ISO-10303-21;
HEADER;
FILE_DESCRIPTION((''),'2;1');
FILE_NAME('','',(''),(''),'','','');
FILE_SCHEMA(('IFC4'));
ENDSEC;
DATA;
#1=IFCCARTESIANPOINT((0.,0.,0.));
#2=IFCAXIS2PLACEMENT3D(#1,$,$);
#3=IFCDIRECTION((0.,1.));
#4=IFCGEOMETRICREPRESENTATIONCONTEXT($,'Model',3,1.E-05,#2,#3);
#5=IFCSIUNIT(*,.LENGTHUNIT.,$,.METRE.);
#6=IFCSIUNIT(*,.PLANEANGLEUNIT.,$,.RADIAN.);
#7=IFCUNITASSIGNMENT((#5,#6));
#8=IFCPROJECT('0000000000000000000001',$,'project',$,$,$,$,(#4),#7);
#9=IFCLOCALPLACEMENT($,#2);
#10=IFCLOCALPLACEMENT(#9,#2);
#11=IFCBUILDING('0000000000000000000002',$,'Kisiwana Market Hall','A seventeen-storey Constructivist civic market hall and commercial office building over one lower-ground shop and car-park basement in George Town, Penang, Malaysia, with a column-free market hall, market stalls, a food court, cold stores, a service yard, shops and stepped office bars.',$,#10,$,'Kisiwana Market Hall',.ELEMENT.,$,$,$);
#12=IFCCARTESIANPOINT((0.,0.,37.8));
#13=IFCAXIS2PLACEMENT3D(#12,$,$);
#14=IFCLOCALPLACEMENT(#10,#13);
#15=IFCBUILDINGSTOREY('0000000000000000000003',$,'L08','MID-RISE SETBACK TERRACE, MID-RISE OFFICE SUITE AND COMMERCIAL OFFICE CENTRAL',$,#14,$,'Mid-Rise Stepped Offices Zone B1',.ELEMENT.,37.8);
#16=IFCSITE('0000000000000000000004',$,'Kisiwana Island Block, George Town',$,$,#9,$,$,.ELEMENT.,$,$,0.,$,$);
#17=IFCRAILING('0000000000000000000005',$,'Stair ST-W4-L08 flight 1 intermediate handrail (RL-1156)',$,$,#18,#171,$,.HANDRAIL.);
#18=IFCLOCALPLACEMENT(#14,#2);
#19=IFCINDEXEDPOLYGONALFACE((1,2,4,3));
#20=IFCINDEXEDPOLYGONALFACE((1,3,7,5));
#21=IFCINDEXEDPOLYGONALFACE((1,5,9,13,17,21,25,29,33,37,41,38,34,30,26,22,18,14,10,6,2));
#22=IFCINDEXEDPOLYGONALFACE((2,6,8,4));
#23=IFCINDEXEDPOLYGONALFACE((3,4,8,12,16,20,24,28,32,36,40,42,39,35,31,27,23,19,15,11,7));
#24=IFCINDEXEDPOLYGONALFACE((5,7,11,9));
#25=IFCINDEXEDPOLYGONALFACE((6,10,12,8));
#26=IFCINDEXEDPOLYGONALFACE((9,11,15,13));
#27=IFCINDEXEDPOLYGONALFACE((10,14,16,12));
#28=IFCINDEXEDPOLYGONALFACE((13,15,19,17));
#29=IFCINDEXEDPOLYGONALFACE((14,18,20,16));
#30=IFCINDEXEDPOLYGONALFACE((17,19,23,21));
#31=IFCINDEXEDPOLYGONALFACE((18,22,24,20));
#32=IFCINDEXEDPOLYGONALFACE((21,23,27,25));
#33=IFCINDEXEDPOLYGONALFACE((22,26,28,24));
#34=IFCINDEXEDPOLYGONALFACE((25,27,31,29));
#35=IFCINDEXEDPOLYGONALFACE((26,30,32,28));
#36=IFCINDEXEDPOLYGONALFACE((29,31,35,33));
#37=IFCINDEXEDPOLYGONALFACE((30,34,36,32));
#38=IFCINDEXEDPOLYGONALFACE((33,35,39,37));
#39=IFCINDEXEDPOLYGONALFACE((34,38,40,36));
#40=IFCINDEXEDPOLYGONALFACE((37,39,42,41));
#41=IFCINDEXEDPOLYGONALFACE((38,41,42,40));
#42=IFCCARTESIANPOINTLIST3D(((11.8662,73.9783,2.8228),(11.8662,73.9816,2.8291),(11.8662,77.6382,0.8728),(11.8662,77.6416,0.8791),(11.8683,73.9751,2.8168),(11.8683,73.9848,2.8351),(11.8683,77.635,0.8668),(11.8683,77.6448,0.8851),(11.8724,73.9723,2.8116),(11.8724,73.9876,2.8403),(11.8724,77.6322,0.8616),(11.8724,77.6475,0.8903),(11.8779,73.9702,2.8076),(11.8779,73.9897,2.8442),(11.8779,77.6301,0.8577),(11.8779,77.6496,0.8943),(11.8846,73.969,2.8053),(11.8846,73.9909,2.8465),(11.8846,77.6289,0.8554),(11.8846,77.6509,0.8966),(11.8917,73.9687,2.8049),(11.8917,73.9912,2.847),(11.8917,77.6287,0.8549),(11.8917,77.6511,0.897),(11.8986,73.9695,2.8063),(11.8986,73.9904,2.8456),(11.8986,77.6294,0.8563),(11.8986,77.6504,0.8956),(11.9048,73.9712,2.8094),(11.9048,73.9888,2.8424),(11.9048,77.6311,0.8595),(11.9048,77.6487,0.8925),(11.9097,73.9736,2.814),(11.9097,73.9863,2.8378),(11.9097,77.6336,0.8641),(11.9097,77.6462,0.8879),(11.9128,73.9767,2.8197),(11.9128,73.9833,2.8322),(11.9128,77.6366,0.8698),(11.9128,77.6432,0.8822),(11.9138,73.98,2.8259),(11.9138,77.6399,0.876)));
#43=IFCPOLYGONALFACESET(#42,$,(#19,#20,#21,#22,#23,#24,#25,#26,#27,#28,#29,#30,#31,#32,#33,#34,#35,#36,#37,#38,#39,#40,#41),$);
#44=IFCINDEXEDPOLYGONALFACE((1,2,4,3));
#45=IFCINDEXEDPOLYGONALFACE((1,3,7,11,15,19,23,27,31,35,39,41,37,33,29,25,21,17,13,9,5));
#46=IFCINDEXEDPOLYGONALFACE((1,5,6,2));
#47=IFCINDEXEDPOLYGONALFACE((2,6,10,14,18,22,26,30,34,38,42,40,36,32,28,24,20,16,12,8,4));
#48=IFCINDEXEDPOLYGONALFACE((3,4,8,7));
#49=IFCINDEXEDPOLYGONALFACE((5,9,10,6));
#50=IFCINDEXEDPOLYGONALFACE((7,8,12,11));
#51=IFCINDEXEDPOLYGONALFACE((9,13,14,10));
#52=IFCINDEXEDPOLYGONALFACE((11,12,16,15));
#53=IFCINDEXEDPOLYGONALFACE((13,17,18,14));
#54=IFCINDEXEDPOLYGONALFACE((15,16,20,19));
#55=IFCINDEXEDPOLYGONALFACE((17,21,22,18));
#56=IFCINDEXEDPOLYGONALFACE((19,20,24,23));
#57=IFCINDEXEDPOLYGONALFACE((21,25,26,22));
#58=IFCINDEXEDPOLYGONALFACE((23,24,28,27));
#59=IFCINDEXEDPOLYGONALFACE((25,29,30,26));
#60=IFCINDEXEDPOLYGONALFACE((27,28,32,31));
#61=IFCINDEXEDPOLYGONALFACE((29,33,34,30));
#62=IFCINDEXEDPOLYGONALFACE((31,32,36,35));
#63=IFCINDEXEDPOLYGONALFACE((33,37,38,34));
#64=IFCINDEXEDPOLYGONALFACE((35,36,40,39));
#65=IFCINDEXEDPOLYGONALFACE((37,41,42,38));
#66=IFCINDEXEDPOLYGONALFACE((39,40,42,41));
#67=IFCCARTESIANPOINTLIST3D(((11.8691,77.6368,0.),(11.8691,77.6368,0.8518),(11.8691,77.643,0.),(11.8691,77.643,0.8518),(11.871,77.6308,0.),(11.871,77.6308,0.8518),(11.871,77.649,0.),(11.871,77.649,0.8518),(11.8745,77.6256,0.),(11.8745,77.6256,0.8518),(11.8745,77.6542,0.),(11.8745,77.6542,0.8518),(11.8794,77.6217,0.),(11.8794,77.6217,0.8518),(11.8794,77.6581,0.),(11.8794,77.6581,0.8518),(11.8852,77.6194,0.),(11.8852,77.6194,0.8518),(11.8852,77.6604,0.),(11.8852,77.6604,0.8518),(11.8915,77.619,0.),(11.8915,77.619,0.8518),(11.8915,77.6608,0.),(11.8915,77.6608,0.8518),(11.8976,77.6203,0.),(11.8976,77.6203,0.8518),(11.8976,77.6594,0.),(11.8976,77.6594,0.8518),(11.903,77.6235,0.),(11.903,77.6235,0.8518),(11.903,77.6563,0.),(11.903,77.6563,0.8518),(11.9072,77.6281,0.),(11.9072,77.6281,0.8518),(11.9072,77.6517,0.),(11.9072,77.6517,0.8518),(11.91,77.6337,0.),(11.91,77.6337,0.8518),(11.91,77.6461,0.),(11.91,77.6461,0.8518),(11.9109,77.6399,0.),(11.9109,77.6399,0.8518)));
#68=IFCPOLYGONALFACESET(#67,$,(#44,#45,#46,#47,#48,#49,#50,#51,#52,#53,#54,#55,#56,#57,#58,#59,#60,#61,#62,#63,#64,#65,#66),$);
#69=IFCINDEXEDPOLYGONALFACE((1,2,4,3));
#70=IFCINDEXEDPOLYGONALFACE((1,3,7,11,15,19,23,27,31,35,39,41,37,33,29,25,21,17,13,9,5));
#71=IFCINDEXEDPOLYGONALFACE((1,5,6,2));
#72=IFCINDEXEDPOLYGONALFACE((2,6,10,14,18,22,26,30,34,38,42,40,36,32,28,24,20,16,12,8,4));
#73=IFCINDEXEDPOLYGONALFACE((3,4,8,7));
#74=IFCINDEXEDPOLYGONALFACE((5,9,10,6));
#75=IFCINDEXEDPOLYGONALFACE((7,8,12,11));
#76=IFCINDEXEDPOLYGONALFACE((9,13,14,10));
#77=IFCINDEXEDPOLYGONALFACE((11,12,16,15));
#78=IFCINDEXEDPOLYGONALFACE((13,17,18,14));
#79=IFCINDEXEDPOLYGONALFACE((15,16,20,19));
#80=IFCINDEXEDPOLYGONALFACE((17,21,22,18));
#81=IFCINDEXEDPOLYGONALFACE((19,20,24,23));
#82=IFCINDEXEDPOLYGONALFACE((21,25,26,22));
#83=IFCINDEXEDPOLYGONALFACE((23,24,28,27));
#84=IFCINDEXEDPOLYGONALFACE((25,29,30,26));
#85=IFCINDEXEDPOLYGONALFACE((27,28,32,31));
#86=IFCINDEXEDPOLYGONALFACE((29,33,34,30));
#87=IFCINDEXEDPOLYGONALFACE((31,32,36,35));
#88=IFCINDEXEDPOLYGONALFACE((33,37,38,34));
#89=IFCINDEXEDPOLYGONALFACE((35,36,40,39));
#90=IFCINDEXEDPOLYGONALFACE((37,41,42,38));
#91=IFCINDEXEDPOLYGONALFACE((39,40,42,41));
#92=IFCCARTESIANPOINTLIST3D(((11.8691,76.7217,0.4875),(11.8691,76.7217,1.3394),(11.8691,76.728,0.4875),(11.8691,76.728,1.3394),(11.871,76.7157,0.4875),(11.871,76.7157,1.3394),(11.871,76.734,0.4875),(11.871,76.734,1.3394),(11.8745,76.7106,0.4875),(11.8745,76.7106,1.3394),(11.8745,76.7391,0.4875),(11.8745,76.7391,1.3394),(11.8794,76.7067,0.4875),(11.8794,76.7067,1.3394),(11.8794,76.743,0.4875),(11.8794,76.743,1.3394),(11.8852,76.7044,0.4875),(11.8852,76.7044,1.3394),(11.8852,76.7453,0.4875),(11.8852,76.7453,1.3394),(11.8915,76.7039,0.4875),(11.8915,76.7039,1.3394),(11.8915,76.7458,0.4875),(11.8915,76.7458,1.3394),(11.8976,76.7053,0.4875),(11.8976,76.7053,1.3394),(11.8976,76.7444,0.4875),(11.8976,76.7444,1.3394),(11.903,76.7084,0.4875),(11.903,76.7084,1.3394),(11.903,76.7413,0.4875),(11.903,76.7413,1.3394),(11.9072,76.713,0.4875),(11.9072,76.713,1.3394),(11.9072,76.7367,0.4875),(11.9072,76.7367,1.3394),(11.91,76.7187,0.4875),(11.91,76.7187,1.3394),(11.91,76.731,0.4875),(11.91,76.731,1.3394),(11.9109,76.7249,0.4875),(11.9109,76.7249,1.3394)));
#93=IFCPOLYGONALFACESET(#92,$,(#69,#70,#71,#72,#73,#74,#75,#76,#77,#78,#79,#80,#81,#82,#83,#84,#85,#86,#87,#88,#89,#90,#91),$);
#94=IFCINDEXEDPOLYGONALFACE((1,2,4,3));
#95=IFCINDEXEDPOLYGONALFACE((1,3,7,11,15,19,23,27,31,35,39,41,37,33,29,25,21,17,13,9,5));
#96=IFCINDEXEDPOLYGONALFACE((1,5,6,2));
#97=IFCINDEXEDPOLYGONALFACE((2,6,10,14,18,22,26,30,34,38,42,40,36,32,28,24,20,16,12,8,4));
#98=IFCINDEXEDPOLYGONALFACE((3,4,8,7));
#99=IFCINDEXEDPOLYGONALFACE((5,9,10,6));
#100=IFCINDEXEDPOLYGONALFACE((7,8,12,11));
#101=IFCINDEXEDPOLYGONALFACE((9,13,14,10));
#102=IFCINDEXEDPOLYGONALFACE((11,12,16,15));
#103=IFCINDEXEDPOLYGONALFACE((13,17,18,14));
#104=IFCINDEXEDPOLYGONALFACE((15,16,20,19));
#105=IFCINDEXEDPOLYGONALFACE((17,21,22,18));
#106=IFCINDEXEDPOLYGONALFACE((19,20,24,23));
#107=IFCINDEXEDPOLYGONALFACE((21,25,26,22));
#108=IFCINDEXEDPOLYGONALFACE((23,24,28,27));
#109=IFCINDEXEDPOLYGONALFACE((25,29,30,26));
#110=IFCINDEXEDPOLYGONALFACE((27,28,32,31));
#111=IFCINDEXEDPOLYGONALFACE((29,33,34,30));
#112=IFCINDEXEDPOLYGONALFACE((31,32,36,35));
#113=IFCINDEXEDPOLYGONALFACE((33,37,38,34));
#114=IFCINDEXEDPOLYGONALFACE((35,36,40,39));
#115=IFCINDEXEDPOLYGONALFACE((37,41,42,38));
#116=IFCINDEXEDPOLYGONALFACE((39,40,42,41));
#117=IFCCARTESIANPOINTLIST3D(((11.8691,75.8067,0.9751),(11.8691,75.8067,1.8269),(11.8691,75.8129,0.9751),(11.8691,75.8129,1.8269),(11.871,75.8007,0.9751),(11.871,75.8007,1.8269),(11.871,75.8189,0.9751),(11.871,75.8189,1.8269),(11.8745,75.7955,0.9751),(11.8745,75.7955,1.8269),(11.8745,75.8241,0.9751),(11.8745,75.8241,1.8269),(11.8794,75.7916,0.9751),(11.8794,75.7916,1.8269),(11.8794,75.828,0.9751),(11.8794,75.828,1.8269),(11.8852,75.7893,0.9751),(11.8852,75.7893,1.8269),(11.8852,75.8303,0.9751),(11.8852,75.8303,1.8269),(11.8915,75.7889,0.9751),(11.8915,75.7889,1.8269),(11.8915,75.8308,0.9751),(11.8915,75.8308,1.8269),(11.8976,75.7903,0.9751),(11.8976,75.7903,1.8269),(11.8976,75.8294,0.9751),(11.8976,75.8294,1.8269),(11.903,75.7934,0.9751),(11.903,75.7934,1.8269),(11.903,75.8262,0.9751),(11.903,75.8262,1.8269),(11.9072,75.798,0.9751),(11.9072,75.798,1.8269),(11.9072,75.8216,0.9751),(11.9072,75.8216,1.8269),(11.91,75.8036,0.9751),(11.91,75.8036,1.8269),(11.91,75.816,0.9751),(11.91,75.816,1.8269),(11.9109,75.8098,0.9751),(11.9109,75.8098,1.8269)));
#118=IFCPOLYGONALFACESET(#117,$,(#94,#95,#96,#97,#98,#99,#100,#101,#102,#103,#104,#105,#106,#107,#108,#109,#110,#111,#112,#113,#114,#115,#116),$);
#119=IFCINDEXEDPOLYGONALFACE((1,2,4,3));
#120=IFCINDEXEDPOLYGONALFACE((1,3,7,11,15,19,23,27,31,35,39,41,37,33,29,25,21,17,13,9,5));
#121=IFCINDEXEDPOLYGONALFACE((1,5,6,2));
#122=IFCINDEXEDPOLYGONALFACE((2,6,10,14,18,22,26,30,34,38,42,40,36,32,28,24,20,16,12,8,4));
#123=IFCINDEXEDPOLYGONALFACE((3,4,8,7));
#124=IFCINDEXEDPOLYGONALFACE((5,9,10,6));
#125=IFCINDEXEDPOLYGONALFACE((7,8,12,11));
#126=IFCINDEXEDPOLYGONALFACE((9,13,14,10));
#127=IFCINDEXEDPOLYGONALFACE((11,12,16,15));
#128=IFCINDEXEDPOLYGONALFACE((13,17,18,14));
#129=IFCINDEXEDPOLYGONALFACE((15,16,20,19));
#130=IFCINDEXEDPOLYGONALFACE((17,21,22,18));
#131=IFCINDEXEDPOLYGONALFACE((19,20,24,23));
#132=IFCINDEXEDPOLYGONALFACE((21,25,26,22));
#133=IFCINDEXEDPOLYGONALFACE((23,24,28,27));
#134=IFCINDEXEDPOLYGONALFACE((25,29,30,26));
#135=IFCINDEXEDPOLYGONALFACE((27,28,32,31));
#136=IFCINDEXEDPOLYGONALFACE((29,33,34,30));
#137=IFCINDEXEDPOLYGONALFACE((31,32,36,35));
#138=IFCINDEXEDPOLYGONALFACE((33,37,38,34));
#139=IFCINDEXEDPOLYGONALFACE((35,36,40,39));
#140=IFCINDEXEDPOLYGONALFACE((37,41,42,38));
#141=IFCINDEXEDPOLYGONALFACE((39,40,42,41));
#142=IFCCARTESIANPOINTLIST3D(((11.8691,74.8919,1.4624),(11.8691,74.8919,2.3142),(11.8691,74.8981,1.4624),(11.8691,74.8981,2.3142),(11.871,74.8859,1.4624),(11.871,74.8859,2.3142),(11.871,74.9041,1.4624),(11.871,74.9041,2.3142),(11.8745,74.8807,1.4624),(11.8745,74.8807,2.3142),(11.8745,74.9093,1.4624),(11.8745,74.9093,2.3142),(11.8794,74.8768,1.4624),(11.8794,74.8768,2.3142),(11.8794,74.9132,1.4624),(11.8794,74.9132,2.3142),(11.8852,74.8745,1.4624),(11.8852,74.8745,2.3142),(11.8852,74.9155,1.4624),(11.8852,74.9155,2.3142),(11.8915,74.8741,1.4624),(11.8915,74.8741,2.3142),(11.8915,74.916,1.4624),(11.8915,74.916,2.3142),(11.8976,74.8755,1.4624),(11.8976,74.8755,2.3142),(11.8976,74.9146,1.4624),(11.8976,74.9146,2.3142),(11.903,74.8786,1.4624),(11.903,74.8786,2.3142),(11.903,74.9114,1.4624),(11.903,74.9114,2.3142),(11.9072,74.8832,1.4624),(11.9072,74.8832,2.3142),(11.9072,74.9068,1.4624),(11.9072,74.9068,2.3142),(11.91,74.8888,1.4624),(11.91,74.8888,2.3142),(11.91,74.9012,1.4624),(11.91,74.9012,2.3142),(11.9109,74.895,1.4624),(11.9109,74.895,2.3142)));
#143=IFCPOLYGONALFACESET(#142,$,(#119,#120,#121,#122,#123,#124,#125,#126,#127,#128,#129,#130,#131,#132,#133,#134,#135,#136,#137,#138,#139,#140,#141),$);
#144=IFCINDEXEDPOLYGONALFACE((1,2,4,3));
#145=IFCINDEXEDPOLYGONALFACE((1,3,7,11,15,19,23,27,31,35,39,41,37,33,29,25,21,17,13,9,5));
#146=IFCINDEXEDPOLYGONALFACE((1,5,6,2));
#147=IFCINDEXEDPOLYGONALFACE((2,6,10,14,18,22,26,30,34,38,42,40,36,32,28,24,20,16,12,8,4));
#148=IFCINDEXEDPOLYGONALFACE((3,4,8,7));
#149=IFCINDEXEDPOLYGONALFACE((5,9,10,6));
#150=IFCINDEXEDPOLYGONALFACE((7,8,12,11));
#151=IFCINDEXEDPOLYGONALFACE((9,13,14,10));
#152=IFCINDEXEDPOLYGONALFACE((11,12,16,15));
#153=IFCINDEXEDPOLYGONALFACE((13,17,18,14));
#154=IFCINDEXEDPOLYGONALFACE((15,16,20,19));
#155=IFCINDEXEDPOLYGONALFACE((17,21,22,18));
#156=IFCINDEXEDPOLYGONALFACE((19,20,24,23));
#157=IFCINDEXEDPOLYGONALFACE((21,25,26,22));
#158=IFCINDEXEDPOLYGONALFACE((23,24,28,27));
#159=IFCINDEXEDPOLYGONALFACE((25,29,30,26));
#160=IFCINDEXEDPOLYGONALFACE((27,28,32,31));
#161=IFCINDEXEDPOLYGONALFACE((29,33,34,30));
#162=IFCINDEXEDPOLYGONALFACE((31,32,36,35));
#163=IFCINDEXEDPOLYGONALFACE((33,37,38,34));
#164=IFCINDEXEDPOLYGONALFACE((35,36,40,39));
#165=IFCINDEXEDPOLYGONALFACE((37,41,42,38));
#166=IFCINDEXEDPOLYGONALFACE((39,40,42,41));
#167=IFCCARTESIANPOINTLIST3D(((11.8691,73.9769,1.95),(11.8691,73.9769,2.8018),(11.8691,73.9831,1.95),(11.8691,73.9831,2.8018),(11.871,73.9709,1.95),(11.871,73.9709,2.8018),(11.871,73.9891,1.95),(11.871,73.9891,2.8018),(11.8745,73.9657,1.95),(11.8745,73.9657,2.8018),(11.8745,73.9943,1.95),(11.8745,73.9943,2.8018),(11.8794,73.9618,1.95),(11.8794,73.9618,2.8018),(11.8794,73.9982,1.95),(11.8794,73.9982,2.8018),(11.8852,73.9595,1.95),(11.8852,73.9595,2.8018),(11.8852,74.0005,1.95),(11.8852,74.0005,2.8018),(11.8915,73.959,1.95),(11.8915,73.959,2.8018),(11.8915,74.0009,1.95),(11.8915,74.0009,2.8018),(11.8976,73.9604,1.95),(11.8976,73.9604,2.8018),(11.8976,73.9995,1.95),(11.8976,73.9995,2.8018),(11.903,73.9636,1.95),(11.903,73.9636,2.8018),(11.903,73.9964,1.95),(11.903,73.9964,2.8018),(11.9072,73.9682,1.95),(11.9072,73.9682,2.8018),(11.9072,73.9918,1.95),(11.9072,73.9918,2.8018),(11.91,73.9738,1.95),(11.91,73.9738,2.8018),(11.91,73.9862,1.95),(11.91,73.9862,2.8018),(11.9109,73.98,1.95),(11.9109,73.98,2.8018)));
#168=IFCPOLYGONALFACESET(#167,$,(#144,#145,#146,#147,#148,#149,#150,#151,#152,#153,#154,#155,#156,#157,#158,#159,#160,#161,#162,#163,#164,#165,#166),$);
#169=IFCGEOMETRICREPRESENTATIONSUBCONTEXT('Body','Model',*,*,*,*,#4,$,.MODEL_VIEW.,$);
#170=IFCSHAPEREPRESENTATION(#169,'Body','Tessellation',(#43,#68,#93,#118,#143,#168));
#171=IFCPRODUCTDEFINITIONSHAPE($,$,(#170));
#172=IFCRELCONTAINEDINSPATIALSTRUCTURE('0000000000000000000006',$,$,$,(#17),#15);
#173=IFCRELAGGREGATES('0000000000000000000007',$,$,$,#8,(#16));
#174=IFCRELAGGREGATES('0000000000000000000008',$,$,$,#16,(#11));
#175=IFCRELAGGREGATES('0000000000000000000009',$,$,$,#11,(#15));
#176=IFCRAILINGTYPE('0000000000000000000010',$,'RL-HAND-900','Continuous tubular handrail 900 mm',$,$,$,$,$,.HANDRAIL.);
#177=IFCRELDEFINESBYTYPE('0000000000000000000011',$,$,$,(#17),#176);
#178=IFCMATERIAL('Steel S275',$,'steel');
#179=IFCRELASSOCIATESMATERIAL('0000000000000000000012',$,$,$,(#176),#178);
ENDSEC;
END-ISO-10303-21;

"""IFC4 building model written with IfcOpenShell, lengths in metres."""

from ifc_helpers import new_model, si_unit, direction, frame, origin, origin_2d, place, context, subcontext, project, spatial, circle, extrude, material, type_object, element, save


model = new_model("IFC4")

# Units and contexts
model_context = context("Model", 3, precision=1e-05, world=origin(), true_north=direction((0.0, 1.0)))
body_context = subcontext(model_context, "Body", "Model", "MODEL_VIEW")
ifc_project = project(units=[si_unit("LENGTHUNIT", "METRE"), si_unit("PLANEANGLEUNIT", "RADIAN")], contexts=[model_context])

# Site, building, storey
site_placement = place(None, origin())
site = spatial("IfcSite", under=ifc_project, at=site_placement, Name="Kisiwana Island Block, George Town", CompositionType="ELEMENT", RefElevation=0.0)
building_placement = place(site_placement, origin())
building = spatial("IfcBuilding", under=site, at=building_placement, Name="Kisiwana Market Hall", Description="A seventeen-storey Constructivist civic market hall and commercial office building over one lower-ground shop and car-park basement in George Town, Penang, Malaysia, with a column-free market hall, market stalls, a food court, cold stores, a service yard, shops and stepped office bars.", LongName="Kisiwana Market Hall", CompositionType="ELEMENT")
storey_placement = place(building_placement, frame((0.0, 0.0, 37.8)))
storey = spatial("IfcBuildingStorey", under=building, at=storey_placement, Name="L08", Description="MID-RISE SETBACK TERRACE, MID-RISE OFFICE SUITE AND COMMERCIAL OFFICE CENTRAL", LongName="Mid-Rise Stepped Offices Zone B1", CompositionType="ELEMENT", Elevation=37.8)

# Railing
ifc_material_1 = material(Name="Steel S275", Category="steel")
railing_type_1 = type_object("IfcRailingType", Name="RL-HAND-900", Description="Continuous tubular handrail 900 mm", PredefinedType="HANDRAIL", material=ifc_material_1)
railing_1_placement = place(storey_placement, frame((11.8899, 77.6399, 0.0)))
element("IfcRailing", 1, at=railing_1_placement, inside=storey, type_object=railing_type_1, Name="Stair ST-W4-L08 flight 1 intermediate handrail (RL-1156)", PredefinedType="HANDRAIL", context=body_context, shape_type="SweptSolid", body=[
    extrude(circle(Radius=0.0239, at=origin_2d()), frame((0.0, 0.0, 0.876), z_axis=(0.0, -0.882553, 0.470212), x_axis=(1.0, 0.0, 0.0)), (0.0, 0.0, 1.0), 4.147),
    extrude(circle(Radius=0.021, at=origin_2d()), origin(), (0.0, 0.0, 1.0), 0.8518),
    extrude(circle(Radius=0.021, at=origin_2d()), frame((0.0, -0.915, 0.4875)), (0.0, 0.0, 1.0), 0.8518),
    extrude(circle(Radius=0.021, at=origin_2d()), frame((0.0, -1.8301, 0.9751)), (0.0, 0.0, 1.0), 0.8518),
    extrude(circle(Radius=0.021, at=origin_2d()), frame((0.0, -2.7449, 1.4624)), (0.0, 0.0, 1.0), 0.8518),
    extrude(circle(Radius=0.021, at=origin_2d()), frame((0.0, -3.6599, 1.95)), (0.0, 0.0, 1.0), 0.8518),
])

save(model, "model.ifc")
